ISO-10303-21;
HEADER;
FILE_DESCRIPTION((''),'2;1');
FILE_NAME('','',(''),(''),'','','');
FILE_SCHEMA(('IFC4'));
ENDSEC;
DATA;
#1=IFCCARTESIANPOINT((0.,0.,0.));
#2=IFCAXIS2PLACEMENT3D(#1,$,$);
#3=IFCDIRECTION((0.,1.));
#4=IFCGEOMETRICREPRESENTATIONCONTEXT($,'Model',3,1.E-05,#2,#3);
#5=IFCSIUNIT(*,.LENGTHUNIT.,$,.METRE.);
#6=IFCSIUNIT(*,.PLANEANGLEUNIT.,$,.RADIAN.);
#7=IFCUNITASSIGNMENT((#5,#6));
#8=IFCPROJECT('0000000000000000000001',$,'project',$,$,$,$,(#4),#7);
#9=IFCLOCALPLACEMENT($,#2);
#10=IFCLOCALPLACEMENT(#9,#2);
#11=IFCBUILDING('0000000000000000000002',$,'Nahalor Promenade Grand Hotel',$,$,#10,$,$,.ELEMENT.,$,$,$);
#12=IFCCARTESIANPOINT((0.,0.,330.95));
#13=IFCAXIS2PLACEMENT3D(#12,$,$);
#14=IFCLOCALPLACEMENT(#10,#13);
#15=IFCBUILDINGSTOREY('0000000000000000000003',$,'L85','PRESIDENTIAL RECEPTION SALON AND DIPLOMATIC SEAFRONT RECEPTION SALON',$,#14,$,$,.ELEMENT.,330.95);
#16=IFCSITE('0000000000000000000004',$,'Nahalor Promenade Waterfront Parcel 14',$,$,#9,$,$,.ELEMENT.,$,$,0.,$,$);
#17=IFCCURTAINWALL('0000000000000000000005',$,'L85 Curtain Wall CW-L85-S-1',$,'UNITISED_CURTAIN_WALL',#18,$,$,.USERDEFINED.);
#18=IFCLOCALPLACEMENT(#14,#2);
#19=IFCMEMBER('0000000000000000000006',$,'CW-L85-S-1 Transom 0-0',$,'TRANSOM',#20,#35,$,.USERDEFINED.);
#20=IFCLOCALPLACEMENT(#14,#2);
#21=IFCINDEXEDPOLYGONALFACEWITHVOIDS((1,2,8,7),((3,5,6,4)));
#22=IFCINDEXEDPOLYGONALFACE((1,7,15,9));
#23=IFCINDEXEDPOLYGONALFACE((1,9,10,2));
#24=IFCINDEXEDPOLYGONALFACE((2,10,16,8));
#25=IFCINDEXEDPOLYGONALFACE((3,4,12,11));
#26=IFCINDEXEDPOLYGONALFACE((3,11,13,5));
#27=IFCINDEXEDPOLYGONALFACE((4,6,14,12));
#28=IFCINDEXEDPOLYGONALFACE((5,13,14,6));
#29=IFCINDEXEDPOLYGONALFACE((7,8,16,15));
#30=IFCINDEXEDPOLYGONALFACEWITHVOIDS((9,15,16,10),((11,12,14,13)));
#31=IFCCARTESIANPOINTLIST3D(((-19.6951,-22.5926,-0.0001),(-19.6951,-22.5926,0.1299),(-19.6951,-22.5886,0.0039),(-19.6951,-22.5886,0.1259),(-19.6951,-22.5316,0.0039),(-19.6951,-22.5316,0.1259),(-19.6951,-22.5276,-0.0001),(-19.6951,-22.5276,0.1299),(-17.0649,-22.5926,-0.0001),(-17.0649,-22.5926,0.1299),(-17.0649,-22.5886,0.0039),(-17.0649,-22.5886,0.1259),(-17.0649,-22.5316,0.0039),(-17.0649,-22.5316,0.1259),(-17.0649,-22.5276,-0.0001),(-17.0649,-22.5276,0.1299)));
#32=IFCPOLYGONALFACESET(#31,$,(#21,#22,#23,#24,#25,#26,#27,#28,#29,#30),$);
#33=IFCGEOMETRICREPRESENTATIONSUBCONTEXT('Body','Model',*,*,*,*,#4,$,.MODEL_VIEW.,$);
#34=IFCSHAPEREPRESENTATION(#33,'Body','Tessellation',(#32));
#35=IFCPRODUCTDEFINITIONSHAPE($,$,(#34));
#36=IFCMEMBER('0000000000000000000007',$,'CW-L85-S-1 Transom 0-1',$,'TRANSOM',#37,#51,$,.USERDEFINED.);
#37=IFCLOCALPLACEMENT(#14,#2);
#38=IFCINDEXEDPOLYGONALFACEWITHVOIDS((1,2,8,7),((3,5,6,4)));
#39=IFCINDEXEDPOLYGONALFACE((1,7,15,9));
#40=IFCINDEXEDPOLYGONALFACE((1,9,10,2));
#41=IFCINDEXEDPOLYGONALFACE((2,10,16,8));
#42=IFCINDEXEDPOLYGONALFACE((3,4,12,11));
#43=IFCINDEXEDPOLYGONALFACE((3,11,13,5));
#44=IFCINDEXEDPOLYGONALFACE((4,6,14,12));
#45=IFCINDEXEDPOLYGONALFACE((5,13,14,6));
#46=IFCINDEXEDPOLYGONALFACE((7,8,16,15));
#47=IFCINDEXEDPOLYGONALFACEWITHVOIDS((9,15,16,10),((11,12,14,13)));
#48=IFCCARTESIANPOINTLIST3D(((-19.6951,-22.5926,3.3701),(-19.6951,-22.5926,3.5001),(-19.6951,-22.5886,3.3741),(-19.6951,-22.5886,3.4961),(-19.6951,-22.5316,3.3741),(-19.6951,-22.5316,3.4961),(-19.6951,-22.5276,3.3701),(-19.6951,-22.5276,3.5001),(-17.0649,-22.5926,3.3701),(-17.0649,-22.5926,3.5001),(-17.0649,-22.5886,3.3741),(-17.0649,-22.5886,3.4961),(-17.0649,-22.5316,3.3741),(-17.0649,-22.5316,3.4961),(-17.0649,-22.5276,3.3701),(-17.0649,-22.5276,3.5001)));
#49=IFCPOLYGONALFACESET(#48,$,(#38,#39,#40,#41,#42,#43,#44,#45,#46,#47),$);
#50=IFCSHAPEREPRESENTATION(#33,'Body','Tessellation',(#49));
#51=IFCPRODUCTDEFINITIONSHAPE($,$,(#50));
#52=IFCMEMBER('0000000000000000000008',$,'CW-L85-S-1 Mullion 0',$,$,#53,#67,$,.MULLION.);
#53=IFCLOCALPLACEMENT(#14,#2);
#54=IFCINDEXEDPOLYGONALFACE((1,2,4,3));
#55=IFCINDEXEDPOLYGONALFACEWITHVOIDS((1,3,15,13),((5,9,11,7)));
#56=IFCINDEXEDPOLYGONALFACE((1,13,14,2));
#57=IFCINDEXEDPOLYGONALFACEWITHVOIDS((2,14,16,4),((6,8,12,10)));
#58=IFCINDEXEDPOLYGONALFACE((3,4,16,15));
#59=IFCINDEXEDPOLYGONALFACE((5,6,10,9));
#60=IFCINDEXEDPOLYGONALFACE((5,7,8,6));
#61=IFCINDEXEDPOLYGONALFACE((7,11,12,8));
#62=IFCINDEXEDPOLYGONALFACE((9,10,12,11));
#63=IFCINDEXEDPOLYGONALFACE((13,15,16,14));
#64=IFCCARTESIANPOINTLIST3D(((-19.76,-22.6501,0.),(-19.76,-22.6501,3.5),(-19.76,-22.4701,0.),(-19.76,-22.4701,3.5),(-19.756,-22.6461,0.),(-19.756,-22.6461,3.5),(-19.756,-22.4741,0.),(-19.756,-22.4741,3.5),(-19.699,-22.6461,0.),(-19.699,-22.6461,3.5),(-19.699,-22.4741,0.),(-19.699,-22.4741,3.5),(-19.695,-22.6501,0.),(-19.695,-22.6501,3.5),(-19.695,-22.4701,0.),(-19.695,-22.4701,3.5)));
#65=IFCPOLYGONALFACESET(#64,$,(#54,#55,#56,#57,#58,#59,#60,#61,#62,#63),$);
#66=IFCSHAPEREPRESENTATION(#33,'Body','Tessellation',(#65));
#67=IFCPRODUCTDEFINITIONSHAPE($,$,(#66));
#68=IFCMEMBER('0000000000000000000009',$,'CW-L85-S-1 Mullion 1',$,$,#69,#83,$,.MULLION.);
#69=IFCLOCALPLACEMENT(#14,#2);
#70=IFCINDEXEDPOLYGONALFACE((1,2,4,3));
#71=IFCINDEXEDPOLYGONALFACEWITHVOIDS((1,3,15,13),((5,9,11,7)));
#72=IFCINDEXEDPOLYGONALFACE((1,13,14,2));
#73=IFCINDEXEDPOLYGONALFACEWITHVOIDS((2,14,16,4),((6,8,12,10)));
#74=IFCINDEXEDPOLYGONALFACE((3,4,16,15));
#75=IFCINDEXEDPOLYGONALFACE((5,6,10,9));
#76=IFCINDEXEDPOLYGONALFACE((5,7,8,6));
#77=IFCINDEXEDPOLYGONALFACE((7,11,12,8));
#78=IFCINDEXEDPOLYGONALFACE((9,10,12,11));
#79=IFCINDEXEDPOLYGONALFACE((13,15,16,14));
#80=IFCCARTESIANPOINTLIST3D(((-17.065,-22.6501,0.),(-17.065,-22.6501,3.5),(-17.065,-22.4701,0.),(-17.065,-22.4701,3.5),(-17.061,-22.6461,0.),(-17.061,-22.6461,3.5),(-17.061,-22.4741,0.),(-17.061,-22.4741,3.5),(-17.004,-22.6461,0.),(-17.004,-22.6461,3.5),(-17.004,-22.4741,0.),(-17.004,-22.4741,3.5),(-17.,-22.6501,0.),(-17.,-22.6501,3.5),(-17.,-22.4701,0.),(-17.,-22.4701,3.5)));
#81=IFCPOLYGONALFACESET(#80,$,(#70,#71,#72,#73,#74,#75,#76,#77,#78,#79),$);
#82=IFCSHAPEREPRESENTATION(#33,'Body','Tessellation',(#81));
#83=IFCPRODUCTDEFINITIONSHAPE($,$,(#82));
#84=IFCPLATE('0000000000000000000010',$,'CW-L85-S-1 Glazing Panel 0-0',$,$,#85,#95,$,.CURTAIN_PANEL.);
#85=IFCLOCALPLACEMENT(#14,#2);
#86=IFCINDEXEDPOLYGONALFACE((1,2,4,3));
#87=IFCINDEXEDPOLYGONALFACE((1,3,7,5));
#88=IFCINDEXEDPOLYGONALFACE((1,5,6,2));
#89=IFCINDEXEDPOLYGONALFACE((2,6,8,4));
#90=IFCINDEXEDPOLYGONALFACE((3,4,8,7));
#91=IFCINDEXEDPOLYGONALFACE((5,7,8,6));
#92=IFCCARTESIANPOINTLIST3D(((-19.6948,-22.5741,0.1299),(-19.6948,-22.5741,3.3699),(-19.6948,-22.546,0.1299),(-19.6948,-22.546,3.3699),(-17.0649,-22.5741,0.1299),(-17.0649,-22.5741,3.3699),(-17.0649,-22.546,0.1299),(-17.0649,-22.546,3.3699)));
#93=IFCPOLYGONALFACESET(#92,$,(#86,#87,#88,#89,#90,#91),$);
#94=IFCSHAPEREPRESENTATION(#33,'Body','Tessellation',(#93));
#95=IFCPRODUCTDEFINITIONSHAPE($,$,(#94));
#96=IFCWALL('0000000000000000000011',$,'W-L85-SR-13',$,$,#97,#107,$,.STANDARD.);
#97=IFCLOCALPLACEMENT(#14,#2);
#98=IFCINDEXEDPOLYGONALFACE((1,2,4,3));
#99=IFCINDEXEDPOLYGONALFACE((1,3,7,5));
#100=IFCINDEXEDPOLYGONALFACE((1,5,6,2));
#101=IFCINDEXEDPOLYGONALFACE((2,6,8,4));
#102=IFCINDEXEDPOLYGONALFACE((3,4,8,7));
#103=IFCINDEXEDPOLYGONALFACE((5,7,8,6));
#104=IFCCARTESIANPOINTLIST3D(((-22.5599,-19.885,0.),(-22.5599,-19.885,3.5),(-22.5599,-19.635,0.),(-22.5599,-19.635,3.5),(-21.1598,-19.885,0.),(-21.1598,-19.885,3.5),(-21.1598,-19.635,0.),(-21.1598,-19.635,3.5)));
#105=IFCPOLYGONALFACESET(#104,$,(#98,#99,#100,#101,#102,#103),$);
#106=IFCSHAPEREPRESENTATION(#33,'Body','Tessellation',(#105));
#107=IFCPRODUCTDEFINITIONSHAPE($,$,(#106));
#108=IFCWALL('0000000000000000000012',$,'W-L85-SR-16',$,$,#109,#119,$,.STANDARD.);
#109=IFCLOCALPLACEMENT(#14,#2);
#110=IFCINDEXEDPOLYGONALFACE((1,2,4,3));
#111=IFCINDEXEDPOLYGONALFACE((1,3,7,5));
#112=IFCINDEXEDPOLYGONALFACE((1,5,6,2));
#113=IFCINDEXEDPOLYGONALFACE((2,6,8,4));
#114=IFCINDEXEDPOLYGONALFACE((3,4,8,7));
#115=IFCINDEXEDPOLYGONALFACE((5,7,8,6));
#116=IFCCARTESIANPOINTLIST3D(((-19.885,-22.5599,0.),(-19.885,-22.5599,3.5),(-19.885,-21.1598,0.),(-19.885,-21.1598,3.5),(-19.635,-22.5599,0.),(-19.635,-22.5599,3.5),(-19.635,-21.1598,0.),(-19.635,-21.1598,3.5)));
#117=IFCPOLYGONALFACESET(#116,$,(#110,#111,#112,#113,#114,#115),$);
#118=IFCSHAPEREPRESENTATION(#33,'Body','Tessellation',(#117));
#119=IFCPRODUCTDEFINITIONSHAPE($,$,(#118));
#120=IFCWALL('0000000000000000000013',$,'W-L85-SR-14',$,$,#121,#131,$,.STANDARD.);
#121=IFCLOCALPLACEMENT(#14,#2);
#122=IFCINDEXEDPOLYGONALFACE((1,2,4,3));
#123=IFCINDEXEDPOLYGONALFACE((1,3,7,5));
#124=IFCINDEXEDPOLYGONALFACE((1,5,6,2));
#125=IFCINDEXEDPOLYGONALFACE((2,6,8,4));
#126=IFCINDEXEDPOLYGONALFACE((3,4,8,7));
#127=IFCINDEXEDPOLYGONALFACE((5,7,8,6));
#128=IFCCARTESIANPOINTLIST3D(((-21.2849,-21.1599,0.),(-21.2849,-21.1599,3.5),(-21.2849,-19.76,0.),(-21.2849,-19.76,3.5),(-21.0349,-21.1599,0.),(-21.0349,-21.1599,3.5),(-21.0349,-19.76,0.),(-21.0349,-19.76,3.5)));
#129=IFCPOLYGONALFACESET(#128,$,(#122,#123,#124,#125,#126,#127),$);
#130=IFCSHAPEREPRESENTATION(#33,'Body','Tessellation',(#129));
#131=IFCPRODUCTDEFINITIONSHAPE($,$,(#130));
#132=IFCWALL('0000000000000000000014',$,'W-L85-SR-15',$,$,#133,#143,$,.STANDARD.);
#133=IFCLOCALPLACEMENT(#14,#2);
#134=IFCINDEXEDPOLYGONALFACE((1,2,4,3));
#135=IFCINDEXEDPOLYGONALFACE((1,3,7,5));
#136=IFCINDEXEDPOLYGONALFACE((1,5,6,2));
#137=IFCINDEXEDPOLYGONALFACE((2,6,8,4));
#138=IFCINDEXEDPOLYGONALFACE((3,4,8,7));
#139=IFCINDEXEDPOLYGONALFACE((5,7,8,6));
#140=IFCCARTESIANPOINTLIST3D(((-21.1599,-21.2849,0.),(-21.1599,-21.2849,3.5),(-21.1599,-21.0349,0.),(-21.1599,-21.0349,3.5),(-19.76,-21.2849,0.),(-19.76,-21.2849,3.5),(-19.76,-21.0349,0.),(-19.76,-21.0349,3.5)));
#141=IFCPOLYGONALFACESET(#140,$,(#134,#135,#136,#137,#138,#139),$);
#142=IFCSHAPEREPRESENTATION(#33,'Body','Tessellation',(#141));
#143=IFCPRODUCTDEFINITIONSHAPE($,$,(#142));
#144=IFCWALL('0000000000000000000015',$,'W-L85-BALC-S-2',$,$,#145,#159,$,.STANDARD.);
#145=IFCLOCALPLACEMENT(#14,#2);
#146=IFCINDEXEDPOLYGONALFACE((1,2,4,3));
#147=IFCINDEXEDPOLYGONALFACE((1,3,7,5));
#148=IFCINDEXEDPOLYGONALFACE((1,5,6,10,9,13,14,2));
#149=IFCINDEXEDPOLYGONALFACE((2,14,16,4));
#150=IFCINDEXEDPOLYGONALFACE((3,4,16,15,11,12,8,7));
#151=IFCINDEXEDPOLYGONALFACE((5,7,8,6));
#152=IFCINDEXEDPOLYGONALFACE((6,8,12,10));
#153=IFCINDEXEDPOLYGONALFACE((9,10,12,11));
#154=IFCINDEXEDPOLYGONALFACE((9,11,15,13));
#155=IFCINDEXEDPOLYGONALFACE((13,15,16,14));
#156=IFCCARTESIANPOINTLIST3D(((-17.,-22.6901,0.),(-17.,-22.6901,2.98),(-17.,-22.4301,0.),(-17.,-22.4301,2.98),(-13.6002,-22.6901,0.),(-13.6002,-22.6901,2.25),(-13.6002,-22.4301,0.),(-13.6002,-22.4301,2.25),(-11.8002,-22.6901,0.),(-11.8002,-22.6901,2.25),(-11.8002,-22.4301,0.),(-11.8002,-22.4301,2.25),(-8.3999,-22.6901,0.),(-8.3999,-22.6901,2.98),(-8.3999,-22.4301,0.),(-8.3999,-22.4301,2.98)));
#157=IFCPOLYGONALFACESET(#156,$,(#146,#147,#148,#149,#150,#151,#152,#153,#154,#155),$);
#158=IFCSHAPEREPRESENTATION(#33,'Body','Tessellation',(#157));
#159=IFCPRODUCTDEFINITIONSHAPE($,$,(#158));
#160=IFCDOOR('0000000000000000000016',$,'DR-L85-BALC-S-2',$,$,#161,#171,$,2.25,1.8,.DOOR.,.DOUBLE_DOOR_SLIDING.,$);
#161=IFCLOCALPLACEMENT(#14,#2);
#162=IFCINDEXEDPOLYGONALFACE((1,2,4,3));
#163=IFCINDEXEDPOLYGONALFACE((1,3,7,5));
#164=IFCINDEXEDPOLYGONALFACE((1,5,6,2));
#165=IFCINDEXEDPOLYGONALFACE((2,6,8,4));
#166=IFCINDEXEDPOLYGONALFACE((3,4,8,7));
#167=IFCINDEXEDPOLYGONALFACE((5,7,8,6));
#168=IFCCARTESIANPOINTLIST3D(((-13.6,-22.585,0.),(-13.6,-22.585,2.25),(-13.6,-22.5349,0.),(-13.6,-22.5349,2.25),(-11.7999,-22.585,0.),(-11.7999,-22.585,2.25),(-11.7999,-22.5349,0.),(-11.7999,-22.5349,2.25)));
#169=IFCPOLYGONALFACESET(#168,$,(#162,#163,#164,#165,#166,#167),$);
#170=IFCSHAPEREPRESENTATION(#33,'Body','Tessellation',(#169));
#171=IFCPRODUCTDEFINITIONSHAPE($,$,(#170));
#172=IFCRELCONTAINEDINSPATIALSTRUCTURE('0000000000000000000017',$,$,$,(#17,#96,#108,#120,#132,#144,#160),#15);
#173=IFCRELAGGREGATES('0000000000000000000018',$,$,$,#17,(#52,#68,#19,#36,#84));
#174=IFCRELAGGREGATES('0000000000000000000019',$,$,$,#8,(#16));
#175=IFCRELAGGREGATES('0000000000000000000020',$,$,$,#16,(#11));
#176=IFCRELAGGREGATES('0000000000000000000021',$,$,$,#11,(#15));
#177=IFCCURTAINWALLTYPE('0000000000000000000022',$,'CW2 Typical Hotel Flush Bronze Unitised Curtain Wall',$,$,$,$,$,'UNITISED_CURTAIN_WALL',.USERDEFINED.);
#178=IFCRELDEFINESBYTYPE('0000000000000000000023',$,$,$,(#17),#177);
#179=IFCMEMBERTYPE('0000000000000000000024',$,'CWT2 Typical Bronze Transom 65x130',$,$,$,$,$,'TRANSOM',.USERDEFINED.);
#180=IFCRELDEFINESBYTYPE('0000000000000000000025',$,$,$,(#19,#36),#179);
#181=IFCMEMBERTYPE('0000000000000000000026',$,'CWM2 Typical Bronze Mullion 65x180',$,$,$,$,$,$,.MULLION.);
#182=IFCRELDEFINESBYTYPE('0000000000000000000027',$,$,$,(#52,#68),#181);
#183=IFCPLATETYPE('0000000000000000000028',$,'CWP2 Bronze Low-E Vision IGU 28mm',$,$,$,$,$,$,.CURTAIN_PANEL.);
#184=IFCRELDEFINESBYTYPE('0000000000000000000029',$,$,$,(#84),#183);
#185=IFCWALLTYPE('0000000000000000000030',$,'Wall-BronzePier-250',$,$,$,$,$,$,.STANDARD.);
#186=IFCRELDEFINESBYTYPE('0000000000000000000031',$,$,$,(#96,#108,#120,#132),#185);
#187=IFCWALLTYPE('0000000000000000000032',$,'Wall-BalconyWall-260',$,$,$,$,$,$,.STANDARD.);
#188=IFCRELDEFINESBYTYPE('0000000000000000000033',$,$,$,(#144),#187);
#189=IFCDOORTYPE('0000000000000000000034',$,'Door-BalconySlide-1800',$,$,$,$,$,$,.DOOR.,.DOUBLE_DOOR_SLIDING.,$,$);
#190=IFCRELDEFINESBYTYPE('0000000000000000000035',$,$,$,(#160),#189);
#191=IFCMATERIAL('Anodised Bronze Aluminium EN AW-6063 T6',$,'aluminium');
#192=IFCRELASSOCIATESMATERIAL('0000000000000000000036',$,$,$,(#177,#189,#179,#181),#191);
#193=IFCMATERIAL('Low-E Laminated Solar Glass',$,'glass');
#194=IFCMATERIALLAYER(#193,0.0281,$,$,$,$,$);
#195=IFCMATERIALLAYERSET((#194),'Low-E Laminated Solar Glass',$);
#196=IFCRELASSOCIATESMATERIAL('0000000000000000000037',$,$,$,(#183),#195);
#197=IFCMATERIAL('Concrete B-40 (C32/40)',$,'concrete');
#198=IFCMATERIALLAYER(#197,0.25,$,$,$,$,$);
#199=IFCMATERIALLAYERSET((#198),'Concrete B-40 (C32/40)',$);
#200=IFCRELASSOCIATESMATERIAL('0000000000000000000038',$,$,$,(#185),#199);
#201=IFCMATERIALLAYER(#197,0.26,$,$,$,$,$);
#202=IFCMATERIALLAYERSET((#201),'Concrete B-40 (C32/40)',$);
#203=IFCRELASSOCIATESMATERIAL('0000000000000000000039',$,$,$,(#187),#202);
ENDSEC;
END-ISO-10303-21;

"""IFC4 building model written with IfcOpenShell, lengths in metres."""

from ifc_helpers import new_model, si_unit, direction, frame, frame_2d, origin, origin_2d, place, context, subcontext, project, spatial, rectangle, hollow_rectangle, extrude, source, transform, mapped, material, layer, layer_set, material_profile, profile_set, type_object, element, fill, aggregate, save


model = new_model("IFC4")

# Units and contexts
model_context = context("Model", 3, precision=1e-05, world=origin(), true_north=direction((0.0, 1.0)))
body_context = subcontext(model_context, "Body", "Model", "MODEL_VIEW")
ifc_project = project(units=[si_unit("LENGTHUNIT", "METRE"), si_unit("PLANEANGLEUNIT", "RADIAN")], contexts=[model_context])

# Site, building, storey
site_placement = place(None, origin())
site = spatial("IfcSite", under=ifc_project, at=site_placement, Name="Nahalor Promenade Waterfront Parcel 14", CompositionType="ELEMENT", RefElevation=0.0)
building_placement = place(site_placement, origin())
building = spatial("IfcBuilding", under=site, at=building_placement, Name="Nahalor Promenade Grand Hotel", CompositionType="ELEMENT")
storey_placement = place(building_placement, frame((0.0, 0.0, 330.95)))
storey = spatial("IfcBuildingStorey", under=building, at=storey_placement, Name="L85", Description="PRESIDENTIAL RECEPTION SALON AND DIPLOMATIC SEAFRONT RECEPTION SALON", CompositionType="ELEMENT", Elevation=330.95)

# Curtain wall, members, plate
ifc_material_1 = material(Name="Anodised Bronze Aluminium EN AW-6063 T6", Category="aluminium")
curtain_wall_type = type_object("IfcCurtainWallType", Name="CW2 Typical Hotel Flush Bronze Unitised Curtain Wall", ElementType="UNITISED_CURTAIN_WALL", PredefinedType="USERDEFINED", material=ifc_material_1)
curtain_wall_placement = place(storey_placement, origin())
curtain_wall = element("IfcCurtainWall", 1, at=curtain_wall_placement, inside=storey, type_object=curtain_wall_type, Name="L85 Curtain Wall CW-L85-S-1", ObjectType="UNITISED_CURTAIN_WALL", PredefinedType="USERDEFINED")
ifc_material_profile_1 = material_profile(ifc_material_1, hollow_rectangle(XDim=0.065, YDim=0.13, WallThickness=0.004, at=origin_2d()), Name="CWT 65x130x4")
ifc_profile_set_1 = profile_set([ifc_material_profile_1], Name="Anodised Bronze Aluminium EN AW-6063 T6")
member_type_1 = type_object("IfcMemberType", Name="CWT2 Typical Bronze Transom 65x130", ElementType="TRANSOM", PredefinedType="USERDEFINED", material=ifc_profile_set_1)
shared_shape_1 = source(origin(), body_context, "Body", "SweptSolid", [
    extrude(hollow_rectangle(XDim=0.065, YDim=0.13, WallThickness=0.004, at=origin_2d()), origin(), (0.0, 0.0, 1.0), 2.6301),
])
member_1_placement = place(storey_placement, frame((-19.6951, -22.5601, 0.0649), z_axis=(1.0, 0.0, 0.0), x_axis=(0.0, 1.0, 0.0)))
member_1 = element("IfcMember", 2, at=member_1_placement, type_object=member_type_1, Name="CW-L85-S-1 Transom 0-0", ObjectType="TRANSOM", PredefinedType="USERDEFINED", context=body_context, shape_type="MappedRepresentation", body=[
    mapped(shared_shape_1, transform((0.0, 0.0, 0.0), scale=1.0)),
])
member_2_placement = place(storey_placement, frame((-19.6951, -22.5601, 3.4351), z_axis=(1.0, 0.0, 0.0), x_axis=(0.0, 1.0, 0.0)))
member_2 = element("IfcMember", 3, at=member_2_placement, type_object=member_type_1, Name="CW-L85-S-1 Transom 0-1", ObjectType="TRANSOM", PredefinedType="USERDEFINED", context=body_context, shape_type="MappedRepresentation", body=[
    mapped(shared_shape_1, transform((0.0, 0.0, 0.0), scale=1.0)),
])
ifc_material_profile_2 = material_profile(ifc_material_1, hollow_rectangle(XDim=0.065, YDim=0.18, WallThickness=0.004, at=origin_2d()), Name="CWM 65x180x4")
ifc_profile_set_2 = profile_set([ifc_material_profile_2], Name="Anodised Bronze Aluminium EN AW-6063 T6")
member_type_2 = type_object("IfcMemberType", Name="CWM2 Typical Bronze Mullion 65x180", PredefinedType="MULLION", material=ifc_profile_set_2)
shared_shape_2 = source(origin(), body_context, "Body", "SweptSolid", [
    extrude(hollow_rectangle(XDim=0.065, YDim=0.18, WallThickness=0.004, at=origin_2d()), origin(), (0.0, 0.0, 1.0), 3.5),
])
member_3_placement = place(storey_placement, frame((-19.7275, -22.5601, 0.0), z_axis=(0.0, 0.0, 1.0), x_axis=(1.0, 0.0, 0.0)))
member_3 = element("IfcMember", 4, at=member_3_placement, type_object=member_type_2, Name="CW-L85-S-1 Mullion 0", PredefinedType="MULLION", context=body_context, shape_type="MappedRepresentation", body=[
    mapped(shared_shape_2, transform((0.0, 0.0, 0.0), scale=1.0)),
])
member_4_placement = place(storey_placement, frame((-17.0325, -22.5601, 0.0), z_axis=(0.0, 0.0, 1.0), x_axis=(1.0, 0.0, 0.0)))
member_4 = element("IfcMember", 5, at=member_4_placement, type_object=member_type_2, Name="CW-L85-S-1 Mullion 1", PredefinedType="MULLION", context=body_context, shape_type="MappedRepresentation", body=[
    mapped(shared_shape_2, transform((0.0, 0.0, 0.0), scale=1.0)),
])
ifc_material_2 = material(Name="Low-E Laminated Solar Glass", Category="glass")
ifc_layer_1 = layer(ifc_material_2, 0.0281)
ifc_layer_set_1 = layer_set([ifc_layer_1], Name="Low-E Laminated Solar Glass")
plate_type = type_object("IfcPlateType", Name="CWP2 Bronze Low-E Vision IGU 28mm", PredefinedType="CURTAIN_PANEL", material=ifc_layer_set_1)
shared_shape_3 = source(origin(), body_context, "Body", "SweptSolid", [
    extrude(rectangle(XDim=2.6299, YDim=0.0281, at=origin_2d()), origin(), (0.0, 0.0, 1.0), 3.24),
])
plate_placement = place(storey_placement, frame((-18.3799, -22.5601, 0.1299), z_axis=(0.0, 0.0, 1.0), x_axis=(1.0, 0.0, 0.0)))
plate = element("IfcPlate", 6, at=plate_placement, type_object=plate_type, Name="CW-L85-S-1 Glazing Panel 0-0", PredefinedType="CURTAIN_PANEL", context=body_context, shape_type="MappedRepresentation", body=[
    mapped(shared_shape_3, transform((0.0, 0.0, 0.0), scale=1.0)),
])
aggregate(curtain_wall, [member_3, member_4, member_1, member_2, plate])

# Walls
ifc_material_3 = material(Name="Concrete B-40 (C32/40)", Category="concrete")
ifc_layer_2 = layer(ifc_material_3, 0.25)
ifc_layer_set_2 = layer_set([ifc_layer_2], Name="Concrete B-40 (C32/40)")
wall_type_1 = type_object("IfcWallType", Name="Wall-BronzePier-250", PredefinedType="STANDARD", material=ifc_layer_set_2)
shared_shape_4 = source(origin(), body_context, "Body", "SweptSolid", [
    extrude(rectangle(XDim=1.4001, YDim=0.25, at=frame_2d((0.7002, 0.0))), origin(), (0.0, 0.0, 1.0), 3.5),
])
for number, where, z_axis, x_axis, name in (
    (7, (-22.5601, -19.76, 0.0), (0.0, 0.0, 1.0), (1.0, 0.0, 0.0), "W-L85-SR-13"),
    (8, (-19.76, -22.5601, 0.0), (0.0, 0.0, 1.0), (0.0, 1.0, 0.0), "W-L85-SR-16"),
):
    element("IfcWall", number, at=place(storey_placement, frame(where, z_axis=z_axis, x_axis=x_axis)), inside=storey, type_object=wall_type_1, Name=name, PredefinedType="STANDARD", context=body_context, shape_type="MappedRepresentation", body=[
        mapped(shared_shape_4, transform((0.0, 0.0, 0.0), scale=1.0)),
    ])
shared_shape_5 = source(origin(), body_context, "Body", "SweptSolid", [
    extrude(rectangle(XDim=1.3999, YDim=0.25, at=frame_2d((0.7, 0.0))), origin(), (0.0, 0.0, 1.0), 3.5),
])
for number, where, z_axis, x_axis, name in (
    (9, (-21.1599, -21.1599, 0.0), (0.0, 0.0, 1.0), (0.0, 1.0, 0.0), "W-L85-SR-14"),
    (10, (-21.1599, -21.1599, 0.0), (0.0, 0.0, 1.0), (1.0, 0.0, 0.0), "W-L85-SR-15"),
):
    element("IfcWall", number, at=place(storey_placement, frame(where, z_axis=z_axis, x_axis=x_axis)), inside=storey, type_object=wall_type_1, Name=name, PredefinedType="STANDARD", context=body_context, shape_type="MappedRepresentation", body=[
        mapped(shared_shape_5, transform((0.0, 0.0, 0.0), scale=1.0)),
    ])

# Wall, opening, door
ifc_layer_3 = layer(ifc_material_3, 0.26)
ifc_layer_set_3 = layer_set([ifc_layer_3], Name="Concrete B-40 (C32/40)")
wall_type_2 = type_object("IfcWallType", Name="Wall-BalconyWall-260", PredefinedType="STANDARD", material=ifc_layer_set_3)
shared_shape_6 = source(origin(), body_context, "Body", "SweptSolid", [
    extrude(rectangle(XDim=8.6001, YDim=0.26, at=frame_2d((4.3, 0.0))), origin(), (0.0, 0.0, 1.0), 2.98),
])
wall_1_placement = place(storey_placement, frame((-17.0, -22.5601, 0.0), z_axis=(0.0, 0.0, 1.0), x_axis=(1.0, 0.0, 0.0)))
wall_1 = element("IfcWall", 11, at=wall_1_placement, inside=storey, type_object=wall_type_2, Name="W-L85-BALC-S-2", PredefinedType="STANDARD", context=body_context, shape_type="MappedRepresentation", body=[
    mapped(shared_shape_6, transform((0.0, 0.0, 0.0), scale=1.0)),
])
opening_1_placement = place(wall_1_placement, frame((3.3999, 0.0, 0.0)))
opening_1 = element("IfcOpeningElement", 12, at=opening_1_placement, cuts=wall_1, PredefinedType="OPENING", context=body_context, shape_type="SweptSolid", body=[
    extrude(rectangle(XDim=1.8, YDim=2.25, at=frame_2d((0.8999, 1.125))), frame((0.0, 0.1399, 0.0), z_axis=(0.0, -1.0, 0.0), x_axis=(1.0, 0.0, 0.0)), (0.0, 0.0, 1.0), 0.28),
])
door_type_1 = type_object("IfcDoorType", Name="Door-BalconySlide-1800", OperationType="DOUBLE_DOOR_SLIDING", PredefinedType="DOOR", material=ifc_material_1)
shared_shape_7 = source(origin(), body_context, "Body", "SweptSolid", [
    extrude(rectangle(XDim=1.8, YDim=2.25, at=frame_2d((0.8999, 1.125))), frame((0.0, 0.0249, 0.0), z_axis=(0.0, -1.0, 0.0), x_axis=(1.0, 0.0, 0.0)), (0.0, 0.0, 1.0), 0.05),
])
door_1_placement = place(opening_1_placement, frame((1.8, 0.0, 0.0), z_axis=(0.0, 0.0, 1.0), x_axis=(-1.0, 0.0, 0.0)))
door_1 = element("IfcDoor", 13, at=door_1_placement, inside=storey, type_object=door_type_1, Name="DR-L85-BALC-S-2", OperationType="DOUBLE_DOOR_SLIDING", OverallHeight=2.25, OverallWidth=1.8, PredefinedType="DOOR", context=body_context, shape_type="MappedRepresentation", body=[
    mapped(shared_shape_7, transform((0.0, 0.0, 0.0), scale=1.0)),
])
fill(opening_1, door_1)

save(model, "model.ifc")
